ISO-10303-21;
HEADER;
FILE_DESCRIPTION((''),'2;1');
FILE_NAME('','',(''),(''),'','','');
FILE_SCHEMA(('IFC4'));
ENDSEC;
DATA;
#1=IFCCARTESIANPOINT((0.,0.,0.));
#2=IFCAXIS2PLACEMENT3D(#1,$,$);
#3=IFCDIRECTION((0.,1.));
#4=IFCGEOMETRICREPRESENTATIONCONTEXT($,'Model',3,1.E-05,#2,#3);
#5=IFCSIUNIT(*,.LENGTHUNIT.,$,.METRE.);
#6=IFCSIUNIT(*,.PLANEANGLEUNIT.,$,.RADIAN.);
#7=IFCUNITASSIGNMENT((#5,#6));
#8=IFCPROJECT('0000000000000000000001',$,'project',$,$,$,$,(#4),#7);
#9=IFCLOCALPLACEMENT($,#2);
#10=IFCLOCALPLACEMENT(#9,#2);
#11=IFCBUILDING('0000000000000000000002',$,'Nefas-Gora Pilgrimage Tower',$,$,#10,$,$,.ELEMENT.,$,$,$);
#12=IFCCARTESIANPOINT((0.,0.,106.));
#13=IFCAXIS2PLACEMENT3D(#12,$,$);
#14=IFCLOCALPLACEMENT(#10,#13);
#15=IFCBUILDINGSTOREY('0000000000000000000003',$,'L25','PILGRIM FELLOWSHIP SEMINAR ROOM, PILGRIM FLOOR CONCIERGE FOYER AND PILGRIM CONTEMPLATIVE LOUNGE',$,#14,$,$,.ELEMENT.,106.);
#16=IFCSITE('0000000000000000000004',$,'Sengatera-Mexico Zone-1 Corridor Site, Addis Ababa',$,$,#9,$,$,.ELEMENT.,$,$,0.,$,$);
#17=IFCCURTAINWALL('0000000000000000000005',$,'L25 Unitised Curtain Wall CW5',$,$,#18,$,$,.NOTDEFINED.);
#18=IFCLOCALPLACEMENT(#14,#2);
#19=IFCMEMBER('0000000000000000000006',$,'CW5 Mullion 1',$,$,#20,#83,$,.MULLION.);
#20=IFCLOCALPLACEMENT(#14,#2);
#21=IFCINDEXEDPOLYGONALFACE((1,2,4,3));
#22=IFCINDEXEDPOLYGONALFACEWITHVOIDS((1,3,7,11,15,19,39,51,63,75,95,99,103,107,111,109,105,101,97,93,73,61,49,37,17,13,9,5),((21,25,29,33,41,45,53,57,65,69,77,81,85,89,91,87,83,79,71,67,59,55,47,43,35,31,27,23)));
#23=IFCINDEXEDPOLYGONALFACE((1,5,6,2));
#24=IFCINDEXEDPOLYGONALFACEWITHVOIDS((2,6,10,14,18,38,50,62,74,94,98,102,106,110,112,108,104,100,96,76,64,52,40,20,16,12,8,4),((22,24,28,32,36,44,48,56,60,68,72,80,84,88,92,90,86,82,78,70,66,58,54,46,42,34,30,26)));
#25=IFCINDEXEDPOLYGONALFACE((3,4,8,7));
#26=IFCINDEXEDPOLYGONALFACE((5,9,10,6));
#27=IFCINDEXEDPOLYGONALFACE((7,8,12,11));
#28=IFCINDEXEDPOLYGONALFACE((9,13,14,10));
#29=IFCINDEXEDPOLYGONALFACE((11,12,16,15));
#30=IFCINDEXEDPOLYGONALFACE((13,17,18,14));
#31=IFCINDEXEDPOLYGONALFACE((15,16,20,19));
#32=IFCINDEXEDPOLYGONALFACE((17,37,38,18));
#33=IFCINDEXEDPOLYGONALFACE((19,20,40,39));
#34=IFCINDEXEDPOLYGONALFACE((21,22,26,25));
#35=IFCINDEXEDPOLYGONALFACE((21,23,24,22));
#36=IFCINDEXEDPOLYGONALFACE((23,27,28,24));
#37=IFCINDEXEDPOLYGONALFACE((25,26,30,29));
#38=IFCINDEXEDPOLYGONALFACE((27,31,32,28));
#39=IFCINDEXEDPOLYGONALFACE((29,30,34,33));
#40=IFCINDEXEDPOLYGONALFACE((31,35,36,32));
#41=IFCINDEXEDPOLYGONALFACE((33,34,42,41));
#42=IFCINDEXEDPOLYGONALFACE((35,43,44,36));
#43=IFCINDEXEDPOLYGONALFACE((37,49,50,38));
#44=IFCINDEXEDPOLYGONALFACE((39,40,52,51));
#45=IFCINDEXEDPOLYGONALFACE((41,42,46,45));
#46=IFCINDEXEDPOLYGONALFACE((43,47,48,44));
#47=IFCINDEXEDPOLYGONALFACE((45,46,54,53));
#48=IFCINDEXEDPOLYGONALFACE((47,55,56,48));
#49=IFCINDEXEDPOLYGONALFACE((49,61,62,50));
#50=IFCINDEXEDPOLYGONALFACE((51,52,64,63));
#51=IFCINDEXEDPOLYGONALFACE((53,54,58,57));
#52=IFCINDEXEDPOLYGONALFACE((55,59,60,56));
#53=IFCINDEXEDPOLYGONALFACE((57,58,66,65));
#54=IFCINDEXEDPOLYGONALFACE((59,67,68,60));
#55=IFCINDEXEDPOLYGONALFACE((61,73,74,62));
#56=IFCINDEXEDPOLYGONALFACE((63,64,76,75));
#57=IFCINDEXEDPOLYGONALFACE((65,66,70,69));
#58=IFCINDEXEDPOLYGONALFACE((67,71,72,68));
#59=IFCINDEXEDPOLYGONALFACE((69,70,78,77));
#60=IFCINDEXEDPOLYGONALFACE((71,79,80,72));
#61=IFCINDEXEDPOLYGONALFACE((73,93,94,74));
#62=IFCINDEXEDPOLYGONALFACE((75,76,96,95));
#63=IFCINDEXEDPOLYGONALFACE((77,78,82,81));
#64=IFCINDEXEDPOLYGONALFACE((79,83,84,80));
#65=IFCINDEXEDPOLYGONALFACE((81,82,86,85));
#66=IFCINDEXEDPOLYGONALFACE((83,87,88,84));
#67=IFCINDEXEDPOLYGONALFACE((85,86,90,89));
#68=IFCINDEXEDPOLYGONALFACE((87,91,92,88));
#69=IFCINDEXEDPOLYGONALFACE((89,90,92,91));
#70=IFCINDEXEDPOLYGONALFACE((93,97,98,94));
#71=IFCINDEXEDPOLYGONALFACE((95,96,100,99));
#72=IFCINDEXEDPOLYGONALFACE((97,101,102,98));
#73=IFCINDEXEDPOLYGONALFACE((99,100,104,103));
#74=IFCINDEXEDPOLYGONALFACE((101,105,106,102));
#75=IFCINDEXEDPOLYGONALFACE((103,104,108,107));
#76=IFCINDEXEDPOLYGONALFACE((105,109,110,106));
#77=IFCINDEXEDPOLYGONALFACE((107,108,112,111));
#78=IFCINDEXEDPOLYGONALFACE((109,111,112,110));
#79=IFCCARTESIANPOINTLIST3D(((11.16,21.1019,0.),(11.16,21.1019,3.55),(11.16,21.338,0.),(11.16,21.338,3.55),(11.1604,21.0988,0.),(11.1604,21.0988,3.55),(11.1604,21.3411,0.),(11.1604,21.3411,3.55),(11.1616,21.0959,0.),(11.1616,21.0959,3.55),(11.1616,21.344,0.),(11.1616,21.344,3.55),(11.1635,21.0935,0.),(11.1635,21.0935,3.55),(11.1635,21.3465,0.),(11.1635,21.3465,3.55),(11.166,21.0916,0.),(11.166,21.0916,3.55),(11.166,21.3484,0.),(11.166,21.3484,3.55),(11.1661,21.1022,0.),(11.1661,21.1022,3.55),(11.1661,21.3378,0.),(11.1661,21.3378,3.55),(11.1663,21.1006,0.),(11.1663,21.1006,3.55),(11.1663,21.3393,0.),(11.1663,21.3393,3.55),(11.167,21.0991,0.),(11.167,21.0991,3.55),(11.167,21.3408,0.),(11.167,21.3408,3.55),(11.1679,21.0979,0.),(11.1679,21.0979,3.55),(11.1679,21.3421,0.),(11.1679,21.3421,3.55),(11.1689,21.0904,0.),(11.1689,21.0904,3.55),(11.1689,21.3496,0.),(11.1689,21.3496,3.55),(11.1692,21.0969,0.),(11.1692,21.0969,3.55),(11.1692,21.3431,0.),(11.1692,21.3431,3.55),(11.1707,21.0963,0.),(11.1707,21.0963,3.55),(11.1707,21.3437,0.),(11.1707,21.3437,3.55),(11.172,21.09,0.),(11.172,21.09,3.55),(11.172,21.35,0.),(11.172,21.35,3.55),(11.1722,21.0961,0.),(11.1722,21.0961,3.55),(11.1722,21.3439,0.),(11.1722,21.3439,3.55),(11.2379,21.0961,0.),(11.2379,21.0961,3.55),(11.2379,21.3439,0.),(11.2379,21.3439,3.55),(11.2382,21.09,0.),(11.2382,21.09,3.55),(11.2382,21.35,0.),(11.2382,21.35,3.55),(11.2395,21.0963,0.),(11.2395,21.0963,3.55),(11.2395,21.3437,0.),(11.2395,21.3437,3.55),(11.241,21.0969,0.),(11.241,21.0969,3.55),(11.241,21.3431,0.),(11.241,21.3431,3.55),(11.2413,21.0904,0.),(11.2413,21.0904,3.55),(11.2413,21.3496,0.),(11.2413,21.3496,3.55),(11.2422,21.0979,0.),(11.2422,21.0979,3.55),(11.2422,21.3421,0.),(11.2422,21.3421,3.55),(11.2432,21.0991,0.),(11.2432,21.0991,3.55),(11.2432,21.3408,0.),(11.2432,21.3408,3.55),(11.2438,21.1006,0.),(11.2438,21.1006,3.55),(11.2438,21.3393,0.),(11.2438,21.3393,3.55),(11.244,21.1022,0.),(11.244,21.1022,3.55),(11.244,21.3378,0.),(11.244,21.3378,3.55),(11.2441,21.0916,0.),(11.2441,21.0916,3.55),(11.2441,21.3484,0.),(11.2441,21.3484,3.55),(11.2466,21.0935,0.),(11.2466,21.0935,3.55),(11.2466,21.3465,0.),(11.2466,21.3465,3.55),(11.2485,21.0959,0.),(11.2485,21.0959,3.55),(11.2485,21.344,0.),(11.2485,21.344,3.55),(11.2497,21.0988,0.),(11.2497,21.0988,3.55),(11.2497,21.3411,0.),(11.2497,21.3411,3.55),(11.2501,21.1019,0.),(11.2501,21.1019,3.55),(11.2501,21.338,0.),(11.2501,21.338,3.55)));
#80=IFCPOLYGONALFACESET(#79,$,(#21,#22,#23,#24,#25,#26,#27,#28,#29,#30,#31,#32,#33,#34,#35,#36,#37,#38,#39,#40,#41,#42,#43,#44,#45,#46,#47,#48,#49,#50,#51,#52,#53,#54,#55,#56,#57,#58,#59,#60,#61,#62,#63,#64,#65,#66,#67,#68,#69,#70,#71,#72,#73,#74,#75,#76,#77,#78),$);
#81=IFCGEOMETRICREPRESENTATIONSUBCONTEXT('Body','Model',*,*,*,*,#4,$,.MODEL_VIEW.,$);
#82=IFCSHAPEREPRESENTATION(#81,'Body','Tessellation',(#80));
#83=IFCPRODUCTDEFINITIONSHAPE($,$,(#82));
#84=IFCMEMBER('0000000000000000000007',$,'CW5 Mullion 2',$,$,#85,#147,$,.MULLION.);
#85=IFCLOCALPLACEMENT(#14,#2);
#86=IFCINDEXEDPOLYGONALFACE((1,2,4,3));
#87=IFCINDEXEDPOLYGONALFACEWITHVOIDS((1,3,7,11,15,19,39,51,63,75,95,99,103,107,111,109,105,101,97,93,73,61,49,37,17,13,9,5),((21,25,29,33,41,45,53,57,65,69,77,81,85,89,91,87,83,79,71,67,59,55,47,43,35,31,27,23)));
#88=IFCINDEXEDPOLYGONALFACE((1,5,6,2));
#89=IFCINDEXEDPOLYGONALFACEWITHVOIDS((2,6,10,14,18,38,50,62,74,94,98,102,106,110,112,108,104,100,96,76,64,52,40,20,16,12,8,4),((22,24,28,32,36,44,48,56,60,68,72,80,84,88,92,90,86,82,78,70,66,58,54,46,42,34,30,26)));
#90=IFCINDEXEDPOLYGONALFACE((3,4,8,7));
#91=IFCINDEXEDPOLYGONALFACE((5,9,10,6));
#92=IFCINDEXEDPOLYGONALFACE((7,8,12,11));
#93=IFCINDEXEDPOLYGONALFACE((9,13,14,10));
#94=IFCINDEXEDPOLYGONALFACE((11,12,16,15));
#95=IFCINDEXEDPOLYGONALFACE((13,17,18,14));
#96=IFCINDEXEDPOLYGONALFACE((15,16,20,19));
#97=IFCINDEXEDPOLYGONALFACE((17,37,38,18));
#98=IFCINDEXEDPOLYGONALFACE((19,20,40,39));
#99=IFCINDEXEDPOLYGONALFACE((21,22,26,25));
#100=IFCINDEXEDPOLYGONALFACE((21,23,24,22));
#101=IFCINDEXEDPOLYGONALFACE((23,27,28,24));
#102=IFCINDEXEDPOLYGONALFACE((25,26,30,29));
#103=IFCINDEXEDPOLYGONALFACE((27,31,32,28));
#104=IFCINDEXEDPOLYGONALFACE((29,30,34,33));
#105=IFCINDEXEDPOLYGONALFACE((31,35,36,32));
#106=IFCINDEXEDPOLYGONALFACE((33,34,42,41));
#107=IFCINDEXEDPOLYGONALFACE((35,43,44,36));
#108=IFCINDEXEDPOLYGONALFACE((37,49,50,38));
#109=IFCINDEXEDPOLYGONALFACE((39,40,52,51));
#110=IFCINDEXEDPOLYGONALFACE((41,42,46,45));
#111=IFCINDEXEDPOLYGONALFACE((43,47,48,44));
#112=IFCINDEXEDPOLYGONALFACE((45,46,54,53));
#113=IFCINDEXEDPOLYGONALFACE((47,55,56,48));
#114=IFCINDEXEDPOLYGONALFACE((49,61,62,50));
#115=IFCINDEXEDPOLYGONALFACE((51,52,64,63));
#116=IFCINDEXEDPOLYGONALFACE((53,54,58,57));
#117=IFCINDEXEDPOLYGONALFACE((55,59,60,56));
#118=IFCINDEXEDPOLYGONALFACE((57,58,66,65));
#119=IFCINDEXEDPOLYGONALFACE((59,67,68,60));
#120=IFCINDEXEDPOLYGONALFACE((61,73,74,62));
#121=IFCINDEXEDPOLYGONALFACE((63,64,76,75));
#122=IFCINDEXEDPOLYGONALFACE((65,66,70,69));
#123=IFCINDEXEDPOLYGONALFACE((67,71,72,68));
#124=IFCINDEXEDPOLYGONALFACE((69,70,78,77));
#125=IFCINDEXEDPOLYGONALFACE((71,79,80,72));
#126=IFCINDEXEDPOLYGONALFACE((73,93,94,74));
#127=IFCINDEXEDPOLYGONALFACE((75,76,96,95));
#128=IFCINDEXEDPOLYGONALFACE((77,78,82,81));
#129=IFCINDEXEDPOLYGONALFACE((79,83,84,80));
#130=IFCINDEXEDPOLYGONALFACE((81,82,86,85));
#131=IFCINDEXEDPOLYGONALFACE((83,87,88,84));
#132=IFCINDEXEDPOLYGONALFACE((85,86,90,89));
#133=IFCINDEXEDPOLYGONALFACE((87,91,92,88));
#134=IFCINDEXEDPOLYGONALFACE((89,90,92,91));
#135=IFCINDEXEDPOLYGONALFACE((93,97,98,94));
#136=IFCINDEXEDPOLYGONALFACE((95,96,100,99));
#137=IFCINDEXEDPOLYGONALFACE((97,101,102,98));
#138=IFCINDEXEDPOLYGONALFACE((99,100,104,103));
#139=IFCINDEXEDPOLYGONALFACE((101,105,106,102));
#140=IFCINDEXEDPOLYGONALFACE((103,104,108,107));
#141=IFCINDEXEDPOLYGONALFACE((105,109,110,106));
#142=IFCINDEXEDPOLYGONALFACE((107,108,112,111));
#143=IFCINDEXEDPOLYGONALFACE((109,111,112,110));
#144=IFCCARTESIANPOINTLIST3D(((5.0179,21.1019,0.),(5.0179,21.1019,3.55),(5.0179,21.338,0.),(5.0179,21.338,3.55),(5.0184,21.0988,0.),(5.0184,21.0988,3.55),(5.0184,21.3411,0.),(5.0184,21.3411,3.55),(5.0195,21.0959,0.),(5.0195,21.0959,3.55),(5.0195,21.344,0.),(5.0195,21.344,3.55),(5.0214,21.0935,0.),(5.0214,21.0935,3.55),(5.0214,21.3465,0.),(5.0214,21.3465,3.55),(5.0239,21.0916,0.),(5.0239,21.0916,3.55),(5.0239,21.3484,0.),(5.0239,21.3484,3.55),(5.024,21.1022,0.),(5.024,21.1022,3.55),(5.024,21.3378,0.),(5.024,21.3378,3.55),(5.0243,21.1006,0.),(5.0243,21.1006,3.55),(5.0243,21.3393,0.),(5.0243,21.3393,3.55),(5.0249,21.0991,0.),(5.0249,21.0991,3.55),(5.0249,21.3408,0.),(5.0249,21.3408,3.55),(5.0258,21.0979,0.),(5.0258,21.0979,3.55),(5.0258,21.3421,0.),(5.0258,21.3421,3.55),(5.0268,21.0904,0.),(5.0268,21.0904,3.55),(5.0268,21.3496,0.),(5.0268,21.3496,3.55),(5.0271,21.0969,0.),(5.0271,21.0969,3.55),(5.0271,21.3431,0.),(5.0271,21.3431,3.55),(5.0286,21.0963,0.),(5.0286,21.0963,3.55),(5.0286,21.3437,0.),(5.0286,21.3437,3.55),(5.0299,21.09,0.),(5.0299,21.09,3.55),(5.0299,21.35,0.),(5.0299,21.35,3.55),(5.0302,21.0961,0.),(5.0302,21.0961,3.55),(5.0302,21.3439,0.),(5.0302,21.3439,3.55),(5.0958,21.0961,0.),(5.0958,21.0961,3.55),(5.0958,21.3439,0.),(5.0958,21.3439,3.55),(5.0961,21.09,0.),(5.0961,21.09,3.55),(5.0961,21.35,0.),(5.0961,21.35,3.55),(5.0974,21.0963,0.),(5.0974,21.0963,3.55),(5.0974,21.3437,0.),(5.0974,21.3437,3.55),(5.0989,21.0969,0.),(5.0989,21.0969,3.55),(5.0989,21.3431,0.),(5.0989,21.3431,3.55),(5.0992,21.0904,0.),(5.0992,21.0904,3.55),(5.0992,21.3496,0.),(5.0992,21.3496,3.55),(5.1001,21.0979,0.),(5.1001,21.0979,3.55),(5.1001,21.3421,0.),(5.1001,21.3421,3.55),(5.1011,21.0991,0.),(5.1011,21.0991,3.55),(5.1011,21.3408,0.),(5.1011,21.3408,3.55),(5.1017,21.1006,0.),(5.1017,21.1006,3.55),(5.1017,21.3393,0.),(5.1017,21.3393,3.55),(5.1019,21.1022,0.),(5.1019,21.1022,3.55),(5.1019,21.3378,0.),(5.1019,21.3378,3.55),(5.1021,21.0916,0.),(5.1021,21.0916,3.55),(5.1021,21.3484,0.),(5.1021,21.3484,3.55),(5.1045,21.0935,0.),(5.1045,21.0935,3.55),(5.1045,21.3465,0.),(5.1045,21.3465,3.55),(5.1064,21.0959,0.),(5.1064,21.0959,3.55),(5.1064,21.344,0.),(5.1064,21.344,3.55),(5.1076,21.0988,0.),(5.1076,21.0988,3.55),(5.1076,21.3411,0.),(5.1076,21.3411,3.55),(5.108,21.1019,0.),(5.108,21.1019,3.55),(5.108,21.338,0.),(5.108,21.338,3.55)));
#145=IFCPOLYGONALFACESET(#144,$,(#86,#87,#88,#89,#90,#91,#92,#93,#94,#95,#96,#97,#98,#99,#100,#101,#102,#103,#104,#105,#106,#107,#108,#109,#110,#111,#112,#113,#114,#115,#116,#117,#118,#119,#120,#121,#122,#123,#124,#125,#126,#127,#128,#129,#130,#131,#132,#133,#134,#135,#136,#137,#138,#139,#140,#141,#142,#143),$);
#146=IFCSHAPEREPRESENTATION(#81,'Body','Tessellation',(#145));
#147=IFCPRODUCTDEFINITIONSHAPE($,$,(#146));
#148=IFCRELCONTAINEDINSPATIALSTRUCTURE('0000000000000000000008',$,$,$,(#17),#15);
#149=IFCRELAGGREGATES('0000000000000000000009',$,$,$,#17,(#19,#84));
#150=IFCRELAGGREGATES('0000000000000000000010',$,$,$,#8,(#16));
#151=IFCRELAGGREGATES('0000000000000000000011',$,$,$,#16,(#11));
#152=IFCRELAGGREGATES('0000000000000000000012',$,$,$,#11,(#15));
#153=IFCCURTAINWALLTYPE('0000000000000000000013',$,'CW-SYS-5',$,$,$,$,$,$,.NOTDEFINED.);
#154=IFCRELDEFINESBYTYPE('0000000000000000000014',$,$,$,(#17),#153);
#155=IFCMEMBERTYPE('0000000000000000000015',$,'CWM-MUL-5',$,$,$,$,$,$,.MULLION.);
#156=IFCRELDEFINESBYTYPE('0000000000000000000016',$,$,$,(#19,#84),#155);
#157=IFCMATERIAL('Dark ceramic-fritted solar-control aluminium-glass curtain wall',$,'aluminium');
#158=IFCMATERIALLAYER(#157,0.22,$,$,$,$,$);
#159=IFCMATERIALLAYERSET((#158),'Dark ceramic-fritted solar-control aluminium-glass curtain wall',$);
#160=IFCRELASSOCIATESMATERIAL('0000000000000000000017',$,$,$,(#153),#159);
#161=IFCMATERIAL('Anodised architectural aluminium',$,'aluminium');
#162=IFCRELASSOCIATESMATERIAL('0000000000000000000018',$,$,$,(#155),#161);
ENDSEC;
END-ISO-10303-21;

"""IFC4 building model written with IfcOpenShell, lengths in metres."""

from ifc_helpers import new_model, si_unit, direction, frame, origin, origin_2d, place, context, subcontext, project, spatial, hollow_rectangle, extrude, source, transform, mapped, material, layer, layer_set, material_profile, profile_set, type_object, element, aggregate, save


model = new_model("IFC4")

# Units and contexts
model_context = context("Model", 3, precision=1e-05, world=origin(), true_north=direction((0.0, 1.0)))
body_context = subcontext(model_context, "Body", "Model", "MODEL_VIEW")
ifc_project = project(units=[si_unit("LENGTHUNIT", "METRE"), si_unit("PLANEANGLEUNIT", "RADIAN")], contexts=[model_context])

# Site, building, storey
site_placement = place(None, origin())
site = spatial("IfcSite", under=ifc_project, at=site_placement, Name="Sengatera-Mexico Zone-1 Corridor Site, Addis Ababa", CompositionType="ELEMENT", RefElevation=0.0)
building_placement = place(site_placement, origin())
building = spatial("IfcBuilding", under=site, at=building_placement, Name="Nefas-Gora Pilgrimage Tower", CompositionType="ELEMENT")
storey_placement = place(building_placement, frame((0.0, 0.0, 106.0)))
storey = spatial("IfcBuildingStorey", under=building, at=storey_placement, Name="L25", Description="PILGRIM FELLOWSHIP SEMINAR ROOM, PILGRIM FLOOR CONCIERGE FOYER AND PILGRIM CONTEMPLATIVE LOUNGE", CompositionType="ELEMENT", Elevation=106.0)

# Curtain wall, members
ifc_material_1 = material(Name="Dark ceramic-fritted solar-control aluminium-glass curtain wall", Category="aluminium")
ifc_layer_1 = layer(ifc_material_1, 0.22)
ifc_layer_set_1 = layer_set([ifc_layer_1], Name="Dark ceramic-fritted solar-control aluminium-glass curtain wall")
curtain_wall_type_1 = type_object("IfcCurtainWallType", Name="CW-SYS-5", PredefinedType="NOTDEFINED", material=ifc_layer_set_1)
curtain_wall_1_placement = place(storey_placement, origin())
curtain_wall_1 = element("IfcCurtainWall", 1, at=curtain_wall_1_placement, inside=storey, type_object=curtain_wall_type_1, Name="L25 Unitised Curtain Wall CW5", PredefinedType="NOTDEFINED")
ifc_material_2 = material(Name="Anodised architectural aluminium", Category="aluminium")
ifc_material_profile_1 = material_profile(ifc_material_2, hollow_rectangle(XDim=0.0901, YDim=0.26, WallThickness=0.0061, InnerFilletRadius=0.0061, OuterFilletRadius=0.012, at=origin_2d()), Name="ALU MULLION 90x260")
ifc_profile_set_1 = profile_set([ifc_material_profile_1], Name="Anodised architectural aluminium")
member_type_1 = type_object("IfcMemberType", Name="CWM-MUL-5", PredefinedType="MULLION", material=ifc_profile_set_1)
shared_shape_1 = source(origin(), body_context, "Body", "SweptSolid", [
    extrude(hollow_rectangle(XDim=0.0901, YDim=0.26, WallThickness=0.0061, InnerFilletRadius=0.0061, OuterFilletRadius=0.012, at=origin_2d()), origin(), (0.0, 0.0, 1.0), 3.55),
])
member_1_placement = place(storey_placement, frame((11.2051, 21.22, 0.0), z_axis=(0.0, 0.0, 1.0), x_axis=(-1.0, 0.0, 0.0)))
member_1 = element("IfcMember", 2, at=member_1_placement, type_object=member_type_1, Name="CW5 Mullion 1", PredefinedType="MULLION", context=body_context, shape_type="MappedRepresentation", body=[
    mapped(shared_shape_1, transform((0.0, 0.0, 0.0), x_axis=(1.0, 0.0, 0.0), y_axis=(0.0, 1.0, 0.0), z_axis=(0.0, 0.0, 1.0), scale=1.0)),
])
member_2_placement = place(storey_placement, frame((5.063, 21.22, 0.0), z_axis=(0.0, 0.0, 1.0), x_axis=(-1.0, 0.0, 0.0)))
member_2 = element("IfcMember", 3, at=member_2_placement, type_object=member_type_1, Name="CW5 Mullion 2", PredefinedType="MULLION", context=body_context, shape_type="MappedRepresentation", body=[
    mapped(shared_shape_1, transform((0.0, 0.0, 0.0), x_axis=(1.0, 0.0, 0.0), y_axis=(0.0, 1.0, 0.0), z_axis=(0.0, 0.0, 1.0), scale=1.0)),
])

aggregate(curtain_wall_1, [member_1, member_2])

save(model, "model.ifc")
